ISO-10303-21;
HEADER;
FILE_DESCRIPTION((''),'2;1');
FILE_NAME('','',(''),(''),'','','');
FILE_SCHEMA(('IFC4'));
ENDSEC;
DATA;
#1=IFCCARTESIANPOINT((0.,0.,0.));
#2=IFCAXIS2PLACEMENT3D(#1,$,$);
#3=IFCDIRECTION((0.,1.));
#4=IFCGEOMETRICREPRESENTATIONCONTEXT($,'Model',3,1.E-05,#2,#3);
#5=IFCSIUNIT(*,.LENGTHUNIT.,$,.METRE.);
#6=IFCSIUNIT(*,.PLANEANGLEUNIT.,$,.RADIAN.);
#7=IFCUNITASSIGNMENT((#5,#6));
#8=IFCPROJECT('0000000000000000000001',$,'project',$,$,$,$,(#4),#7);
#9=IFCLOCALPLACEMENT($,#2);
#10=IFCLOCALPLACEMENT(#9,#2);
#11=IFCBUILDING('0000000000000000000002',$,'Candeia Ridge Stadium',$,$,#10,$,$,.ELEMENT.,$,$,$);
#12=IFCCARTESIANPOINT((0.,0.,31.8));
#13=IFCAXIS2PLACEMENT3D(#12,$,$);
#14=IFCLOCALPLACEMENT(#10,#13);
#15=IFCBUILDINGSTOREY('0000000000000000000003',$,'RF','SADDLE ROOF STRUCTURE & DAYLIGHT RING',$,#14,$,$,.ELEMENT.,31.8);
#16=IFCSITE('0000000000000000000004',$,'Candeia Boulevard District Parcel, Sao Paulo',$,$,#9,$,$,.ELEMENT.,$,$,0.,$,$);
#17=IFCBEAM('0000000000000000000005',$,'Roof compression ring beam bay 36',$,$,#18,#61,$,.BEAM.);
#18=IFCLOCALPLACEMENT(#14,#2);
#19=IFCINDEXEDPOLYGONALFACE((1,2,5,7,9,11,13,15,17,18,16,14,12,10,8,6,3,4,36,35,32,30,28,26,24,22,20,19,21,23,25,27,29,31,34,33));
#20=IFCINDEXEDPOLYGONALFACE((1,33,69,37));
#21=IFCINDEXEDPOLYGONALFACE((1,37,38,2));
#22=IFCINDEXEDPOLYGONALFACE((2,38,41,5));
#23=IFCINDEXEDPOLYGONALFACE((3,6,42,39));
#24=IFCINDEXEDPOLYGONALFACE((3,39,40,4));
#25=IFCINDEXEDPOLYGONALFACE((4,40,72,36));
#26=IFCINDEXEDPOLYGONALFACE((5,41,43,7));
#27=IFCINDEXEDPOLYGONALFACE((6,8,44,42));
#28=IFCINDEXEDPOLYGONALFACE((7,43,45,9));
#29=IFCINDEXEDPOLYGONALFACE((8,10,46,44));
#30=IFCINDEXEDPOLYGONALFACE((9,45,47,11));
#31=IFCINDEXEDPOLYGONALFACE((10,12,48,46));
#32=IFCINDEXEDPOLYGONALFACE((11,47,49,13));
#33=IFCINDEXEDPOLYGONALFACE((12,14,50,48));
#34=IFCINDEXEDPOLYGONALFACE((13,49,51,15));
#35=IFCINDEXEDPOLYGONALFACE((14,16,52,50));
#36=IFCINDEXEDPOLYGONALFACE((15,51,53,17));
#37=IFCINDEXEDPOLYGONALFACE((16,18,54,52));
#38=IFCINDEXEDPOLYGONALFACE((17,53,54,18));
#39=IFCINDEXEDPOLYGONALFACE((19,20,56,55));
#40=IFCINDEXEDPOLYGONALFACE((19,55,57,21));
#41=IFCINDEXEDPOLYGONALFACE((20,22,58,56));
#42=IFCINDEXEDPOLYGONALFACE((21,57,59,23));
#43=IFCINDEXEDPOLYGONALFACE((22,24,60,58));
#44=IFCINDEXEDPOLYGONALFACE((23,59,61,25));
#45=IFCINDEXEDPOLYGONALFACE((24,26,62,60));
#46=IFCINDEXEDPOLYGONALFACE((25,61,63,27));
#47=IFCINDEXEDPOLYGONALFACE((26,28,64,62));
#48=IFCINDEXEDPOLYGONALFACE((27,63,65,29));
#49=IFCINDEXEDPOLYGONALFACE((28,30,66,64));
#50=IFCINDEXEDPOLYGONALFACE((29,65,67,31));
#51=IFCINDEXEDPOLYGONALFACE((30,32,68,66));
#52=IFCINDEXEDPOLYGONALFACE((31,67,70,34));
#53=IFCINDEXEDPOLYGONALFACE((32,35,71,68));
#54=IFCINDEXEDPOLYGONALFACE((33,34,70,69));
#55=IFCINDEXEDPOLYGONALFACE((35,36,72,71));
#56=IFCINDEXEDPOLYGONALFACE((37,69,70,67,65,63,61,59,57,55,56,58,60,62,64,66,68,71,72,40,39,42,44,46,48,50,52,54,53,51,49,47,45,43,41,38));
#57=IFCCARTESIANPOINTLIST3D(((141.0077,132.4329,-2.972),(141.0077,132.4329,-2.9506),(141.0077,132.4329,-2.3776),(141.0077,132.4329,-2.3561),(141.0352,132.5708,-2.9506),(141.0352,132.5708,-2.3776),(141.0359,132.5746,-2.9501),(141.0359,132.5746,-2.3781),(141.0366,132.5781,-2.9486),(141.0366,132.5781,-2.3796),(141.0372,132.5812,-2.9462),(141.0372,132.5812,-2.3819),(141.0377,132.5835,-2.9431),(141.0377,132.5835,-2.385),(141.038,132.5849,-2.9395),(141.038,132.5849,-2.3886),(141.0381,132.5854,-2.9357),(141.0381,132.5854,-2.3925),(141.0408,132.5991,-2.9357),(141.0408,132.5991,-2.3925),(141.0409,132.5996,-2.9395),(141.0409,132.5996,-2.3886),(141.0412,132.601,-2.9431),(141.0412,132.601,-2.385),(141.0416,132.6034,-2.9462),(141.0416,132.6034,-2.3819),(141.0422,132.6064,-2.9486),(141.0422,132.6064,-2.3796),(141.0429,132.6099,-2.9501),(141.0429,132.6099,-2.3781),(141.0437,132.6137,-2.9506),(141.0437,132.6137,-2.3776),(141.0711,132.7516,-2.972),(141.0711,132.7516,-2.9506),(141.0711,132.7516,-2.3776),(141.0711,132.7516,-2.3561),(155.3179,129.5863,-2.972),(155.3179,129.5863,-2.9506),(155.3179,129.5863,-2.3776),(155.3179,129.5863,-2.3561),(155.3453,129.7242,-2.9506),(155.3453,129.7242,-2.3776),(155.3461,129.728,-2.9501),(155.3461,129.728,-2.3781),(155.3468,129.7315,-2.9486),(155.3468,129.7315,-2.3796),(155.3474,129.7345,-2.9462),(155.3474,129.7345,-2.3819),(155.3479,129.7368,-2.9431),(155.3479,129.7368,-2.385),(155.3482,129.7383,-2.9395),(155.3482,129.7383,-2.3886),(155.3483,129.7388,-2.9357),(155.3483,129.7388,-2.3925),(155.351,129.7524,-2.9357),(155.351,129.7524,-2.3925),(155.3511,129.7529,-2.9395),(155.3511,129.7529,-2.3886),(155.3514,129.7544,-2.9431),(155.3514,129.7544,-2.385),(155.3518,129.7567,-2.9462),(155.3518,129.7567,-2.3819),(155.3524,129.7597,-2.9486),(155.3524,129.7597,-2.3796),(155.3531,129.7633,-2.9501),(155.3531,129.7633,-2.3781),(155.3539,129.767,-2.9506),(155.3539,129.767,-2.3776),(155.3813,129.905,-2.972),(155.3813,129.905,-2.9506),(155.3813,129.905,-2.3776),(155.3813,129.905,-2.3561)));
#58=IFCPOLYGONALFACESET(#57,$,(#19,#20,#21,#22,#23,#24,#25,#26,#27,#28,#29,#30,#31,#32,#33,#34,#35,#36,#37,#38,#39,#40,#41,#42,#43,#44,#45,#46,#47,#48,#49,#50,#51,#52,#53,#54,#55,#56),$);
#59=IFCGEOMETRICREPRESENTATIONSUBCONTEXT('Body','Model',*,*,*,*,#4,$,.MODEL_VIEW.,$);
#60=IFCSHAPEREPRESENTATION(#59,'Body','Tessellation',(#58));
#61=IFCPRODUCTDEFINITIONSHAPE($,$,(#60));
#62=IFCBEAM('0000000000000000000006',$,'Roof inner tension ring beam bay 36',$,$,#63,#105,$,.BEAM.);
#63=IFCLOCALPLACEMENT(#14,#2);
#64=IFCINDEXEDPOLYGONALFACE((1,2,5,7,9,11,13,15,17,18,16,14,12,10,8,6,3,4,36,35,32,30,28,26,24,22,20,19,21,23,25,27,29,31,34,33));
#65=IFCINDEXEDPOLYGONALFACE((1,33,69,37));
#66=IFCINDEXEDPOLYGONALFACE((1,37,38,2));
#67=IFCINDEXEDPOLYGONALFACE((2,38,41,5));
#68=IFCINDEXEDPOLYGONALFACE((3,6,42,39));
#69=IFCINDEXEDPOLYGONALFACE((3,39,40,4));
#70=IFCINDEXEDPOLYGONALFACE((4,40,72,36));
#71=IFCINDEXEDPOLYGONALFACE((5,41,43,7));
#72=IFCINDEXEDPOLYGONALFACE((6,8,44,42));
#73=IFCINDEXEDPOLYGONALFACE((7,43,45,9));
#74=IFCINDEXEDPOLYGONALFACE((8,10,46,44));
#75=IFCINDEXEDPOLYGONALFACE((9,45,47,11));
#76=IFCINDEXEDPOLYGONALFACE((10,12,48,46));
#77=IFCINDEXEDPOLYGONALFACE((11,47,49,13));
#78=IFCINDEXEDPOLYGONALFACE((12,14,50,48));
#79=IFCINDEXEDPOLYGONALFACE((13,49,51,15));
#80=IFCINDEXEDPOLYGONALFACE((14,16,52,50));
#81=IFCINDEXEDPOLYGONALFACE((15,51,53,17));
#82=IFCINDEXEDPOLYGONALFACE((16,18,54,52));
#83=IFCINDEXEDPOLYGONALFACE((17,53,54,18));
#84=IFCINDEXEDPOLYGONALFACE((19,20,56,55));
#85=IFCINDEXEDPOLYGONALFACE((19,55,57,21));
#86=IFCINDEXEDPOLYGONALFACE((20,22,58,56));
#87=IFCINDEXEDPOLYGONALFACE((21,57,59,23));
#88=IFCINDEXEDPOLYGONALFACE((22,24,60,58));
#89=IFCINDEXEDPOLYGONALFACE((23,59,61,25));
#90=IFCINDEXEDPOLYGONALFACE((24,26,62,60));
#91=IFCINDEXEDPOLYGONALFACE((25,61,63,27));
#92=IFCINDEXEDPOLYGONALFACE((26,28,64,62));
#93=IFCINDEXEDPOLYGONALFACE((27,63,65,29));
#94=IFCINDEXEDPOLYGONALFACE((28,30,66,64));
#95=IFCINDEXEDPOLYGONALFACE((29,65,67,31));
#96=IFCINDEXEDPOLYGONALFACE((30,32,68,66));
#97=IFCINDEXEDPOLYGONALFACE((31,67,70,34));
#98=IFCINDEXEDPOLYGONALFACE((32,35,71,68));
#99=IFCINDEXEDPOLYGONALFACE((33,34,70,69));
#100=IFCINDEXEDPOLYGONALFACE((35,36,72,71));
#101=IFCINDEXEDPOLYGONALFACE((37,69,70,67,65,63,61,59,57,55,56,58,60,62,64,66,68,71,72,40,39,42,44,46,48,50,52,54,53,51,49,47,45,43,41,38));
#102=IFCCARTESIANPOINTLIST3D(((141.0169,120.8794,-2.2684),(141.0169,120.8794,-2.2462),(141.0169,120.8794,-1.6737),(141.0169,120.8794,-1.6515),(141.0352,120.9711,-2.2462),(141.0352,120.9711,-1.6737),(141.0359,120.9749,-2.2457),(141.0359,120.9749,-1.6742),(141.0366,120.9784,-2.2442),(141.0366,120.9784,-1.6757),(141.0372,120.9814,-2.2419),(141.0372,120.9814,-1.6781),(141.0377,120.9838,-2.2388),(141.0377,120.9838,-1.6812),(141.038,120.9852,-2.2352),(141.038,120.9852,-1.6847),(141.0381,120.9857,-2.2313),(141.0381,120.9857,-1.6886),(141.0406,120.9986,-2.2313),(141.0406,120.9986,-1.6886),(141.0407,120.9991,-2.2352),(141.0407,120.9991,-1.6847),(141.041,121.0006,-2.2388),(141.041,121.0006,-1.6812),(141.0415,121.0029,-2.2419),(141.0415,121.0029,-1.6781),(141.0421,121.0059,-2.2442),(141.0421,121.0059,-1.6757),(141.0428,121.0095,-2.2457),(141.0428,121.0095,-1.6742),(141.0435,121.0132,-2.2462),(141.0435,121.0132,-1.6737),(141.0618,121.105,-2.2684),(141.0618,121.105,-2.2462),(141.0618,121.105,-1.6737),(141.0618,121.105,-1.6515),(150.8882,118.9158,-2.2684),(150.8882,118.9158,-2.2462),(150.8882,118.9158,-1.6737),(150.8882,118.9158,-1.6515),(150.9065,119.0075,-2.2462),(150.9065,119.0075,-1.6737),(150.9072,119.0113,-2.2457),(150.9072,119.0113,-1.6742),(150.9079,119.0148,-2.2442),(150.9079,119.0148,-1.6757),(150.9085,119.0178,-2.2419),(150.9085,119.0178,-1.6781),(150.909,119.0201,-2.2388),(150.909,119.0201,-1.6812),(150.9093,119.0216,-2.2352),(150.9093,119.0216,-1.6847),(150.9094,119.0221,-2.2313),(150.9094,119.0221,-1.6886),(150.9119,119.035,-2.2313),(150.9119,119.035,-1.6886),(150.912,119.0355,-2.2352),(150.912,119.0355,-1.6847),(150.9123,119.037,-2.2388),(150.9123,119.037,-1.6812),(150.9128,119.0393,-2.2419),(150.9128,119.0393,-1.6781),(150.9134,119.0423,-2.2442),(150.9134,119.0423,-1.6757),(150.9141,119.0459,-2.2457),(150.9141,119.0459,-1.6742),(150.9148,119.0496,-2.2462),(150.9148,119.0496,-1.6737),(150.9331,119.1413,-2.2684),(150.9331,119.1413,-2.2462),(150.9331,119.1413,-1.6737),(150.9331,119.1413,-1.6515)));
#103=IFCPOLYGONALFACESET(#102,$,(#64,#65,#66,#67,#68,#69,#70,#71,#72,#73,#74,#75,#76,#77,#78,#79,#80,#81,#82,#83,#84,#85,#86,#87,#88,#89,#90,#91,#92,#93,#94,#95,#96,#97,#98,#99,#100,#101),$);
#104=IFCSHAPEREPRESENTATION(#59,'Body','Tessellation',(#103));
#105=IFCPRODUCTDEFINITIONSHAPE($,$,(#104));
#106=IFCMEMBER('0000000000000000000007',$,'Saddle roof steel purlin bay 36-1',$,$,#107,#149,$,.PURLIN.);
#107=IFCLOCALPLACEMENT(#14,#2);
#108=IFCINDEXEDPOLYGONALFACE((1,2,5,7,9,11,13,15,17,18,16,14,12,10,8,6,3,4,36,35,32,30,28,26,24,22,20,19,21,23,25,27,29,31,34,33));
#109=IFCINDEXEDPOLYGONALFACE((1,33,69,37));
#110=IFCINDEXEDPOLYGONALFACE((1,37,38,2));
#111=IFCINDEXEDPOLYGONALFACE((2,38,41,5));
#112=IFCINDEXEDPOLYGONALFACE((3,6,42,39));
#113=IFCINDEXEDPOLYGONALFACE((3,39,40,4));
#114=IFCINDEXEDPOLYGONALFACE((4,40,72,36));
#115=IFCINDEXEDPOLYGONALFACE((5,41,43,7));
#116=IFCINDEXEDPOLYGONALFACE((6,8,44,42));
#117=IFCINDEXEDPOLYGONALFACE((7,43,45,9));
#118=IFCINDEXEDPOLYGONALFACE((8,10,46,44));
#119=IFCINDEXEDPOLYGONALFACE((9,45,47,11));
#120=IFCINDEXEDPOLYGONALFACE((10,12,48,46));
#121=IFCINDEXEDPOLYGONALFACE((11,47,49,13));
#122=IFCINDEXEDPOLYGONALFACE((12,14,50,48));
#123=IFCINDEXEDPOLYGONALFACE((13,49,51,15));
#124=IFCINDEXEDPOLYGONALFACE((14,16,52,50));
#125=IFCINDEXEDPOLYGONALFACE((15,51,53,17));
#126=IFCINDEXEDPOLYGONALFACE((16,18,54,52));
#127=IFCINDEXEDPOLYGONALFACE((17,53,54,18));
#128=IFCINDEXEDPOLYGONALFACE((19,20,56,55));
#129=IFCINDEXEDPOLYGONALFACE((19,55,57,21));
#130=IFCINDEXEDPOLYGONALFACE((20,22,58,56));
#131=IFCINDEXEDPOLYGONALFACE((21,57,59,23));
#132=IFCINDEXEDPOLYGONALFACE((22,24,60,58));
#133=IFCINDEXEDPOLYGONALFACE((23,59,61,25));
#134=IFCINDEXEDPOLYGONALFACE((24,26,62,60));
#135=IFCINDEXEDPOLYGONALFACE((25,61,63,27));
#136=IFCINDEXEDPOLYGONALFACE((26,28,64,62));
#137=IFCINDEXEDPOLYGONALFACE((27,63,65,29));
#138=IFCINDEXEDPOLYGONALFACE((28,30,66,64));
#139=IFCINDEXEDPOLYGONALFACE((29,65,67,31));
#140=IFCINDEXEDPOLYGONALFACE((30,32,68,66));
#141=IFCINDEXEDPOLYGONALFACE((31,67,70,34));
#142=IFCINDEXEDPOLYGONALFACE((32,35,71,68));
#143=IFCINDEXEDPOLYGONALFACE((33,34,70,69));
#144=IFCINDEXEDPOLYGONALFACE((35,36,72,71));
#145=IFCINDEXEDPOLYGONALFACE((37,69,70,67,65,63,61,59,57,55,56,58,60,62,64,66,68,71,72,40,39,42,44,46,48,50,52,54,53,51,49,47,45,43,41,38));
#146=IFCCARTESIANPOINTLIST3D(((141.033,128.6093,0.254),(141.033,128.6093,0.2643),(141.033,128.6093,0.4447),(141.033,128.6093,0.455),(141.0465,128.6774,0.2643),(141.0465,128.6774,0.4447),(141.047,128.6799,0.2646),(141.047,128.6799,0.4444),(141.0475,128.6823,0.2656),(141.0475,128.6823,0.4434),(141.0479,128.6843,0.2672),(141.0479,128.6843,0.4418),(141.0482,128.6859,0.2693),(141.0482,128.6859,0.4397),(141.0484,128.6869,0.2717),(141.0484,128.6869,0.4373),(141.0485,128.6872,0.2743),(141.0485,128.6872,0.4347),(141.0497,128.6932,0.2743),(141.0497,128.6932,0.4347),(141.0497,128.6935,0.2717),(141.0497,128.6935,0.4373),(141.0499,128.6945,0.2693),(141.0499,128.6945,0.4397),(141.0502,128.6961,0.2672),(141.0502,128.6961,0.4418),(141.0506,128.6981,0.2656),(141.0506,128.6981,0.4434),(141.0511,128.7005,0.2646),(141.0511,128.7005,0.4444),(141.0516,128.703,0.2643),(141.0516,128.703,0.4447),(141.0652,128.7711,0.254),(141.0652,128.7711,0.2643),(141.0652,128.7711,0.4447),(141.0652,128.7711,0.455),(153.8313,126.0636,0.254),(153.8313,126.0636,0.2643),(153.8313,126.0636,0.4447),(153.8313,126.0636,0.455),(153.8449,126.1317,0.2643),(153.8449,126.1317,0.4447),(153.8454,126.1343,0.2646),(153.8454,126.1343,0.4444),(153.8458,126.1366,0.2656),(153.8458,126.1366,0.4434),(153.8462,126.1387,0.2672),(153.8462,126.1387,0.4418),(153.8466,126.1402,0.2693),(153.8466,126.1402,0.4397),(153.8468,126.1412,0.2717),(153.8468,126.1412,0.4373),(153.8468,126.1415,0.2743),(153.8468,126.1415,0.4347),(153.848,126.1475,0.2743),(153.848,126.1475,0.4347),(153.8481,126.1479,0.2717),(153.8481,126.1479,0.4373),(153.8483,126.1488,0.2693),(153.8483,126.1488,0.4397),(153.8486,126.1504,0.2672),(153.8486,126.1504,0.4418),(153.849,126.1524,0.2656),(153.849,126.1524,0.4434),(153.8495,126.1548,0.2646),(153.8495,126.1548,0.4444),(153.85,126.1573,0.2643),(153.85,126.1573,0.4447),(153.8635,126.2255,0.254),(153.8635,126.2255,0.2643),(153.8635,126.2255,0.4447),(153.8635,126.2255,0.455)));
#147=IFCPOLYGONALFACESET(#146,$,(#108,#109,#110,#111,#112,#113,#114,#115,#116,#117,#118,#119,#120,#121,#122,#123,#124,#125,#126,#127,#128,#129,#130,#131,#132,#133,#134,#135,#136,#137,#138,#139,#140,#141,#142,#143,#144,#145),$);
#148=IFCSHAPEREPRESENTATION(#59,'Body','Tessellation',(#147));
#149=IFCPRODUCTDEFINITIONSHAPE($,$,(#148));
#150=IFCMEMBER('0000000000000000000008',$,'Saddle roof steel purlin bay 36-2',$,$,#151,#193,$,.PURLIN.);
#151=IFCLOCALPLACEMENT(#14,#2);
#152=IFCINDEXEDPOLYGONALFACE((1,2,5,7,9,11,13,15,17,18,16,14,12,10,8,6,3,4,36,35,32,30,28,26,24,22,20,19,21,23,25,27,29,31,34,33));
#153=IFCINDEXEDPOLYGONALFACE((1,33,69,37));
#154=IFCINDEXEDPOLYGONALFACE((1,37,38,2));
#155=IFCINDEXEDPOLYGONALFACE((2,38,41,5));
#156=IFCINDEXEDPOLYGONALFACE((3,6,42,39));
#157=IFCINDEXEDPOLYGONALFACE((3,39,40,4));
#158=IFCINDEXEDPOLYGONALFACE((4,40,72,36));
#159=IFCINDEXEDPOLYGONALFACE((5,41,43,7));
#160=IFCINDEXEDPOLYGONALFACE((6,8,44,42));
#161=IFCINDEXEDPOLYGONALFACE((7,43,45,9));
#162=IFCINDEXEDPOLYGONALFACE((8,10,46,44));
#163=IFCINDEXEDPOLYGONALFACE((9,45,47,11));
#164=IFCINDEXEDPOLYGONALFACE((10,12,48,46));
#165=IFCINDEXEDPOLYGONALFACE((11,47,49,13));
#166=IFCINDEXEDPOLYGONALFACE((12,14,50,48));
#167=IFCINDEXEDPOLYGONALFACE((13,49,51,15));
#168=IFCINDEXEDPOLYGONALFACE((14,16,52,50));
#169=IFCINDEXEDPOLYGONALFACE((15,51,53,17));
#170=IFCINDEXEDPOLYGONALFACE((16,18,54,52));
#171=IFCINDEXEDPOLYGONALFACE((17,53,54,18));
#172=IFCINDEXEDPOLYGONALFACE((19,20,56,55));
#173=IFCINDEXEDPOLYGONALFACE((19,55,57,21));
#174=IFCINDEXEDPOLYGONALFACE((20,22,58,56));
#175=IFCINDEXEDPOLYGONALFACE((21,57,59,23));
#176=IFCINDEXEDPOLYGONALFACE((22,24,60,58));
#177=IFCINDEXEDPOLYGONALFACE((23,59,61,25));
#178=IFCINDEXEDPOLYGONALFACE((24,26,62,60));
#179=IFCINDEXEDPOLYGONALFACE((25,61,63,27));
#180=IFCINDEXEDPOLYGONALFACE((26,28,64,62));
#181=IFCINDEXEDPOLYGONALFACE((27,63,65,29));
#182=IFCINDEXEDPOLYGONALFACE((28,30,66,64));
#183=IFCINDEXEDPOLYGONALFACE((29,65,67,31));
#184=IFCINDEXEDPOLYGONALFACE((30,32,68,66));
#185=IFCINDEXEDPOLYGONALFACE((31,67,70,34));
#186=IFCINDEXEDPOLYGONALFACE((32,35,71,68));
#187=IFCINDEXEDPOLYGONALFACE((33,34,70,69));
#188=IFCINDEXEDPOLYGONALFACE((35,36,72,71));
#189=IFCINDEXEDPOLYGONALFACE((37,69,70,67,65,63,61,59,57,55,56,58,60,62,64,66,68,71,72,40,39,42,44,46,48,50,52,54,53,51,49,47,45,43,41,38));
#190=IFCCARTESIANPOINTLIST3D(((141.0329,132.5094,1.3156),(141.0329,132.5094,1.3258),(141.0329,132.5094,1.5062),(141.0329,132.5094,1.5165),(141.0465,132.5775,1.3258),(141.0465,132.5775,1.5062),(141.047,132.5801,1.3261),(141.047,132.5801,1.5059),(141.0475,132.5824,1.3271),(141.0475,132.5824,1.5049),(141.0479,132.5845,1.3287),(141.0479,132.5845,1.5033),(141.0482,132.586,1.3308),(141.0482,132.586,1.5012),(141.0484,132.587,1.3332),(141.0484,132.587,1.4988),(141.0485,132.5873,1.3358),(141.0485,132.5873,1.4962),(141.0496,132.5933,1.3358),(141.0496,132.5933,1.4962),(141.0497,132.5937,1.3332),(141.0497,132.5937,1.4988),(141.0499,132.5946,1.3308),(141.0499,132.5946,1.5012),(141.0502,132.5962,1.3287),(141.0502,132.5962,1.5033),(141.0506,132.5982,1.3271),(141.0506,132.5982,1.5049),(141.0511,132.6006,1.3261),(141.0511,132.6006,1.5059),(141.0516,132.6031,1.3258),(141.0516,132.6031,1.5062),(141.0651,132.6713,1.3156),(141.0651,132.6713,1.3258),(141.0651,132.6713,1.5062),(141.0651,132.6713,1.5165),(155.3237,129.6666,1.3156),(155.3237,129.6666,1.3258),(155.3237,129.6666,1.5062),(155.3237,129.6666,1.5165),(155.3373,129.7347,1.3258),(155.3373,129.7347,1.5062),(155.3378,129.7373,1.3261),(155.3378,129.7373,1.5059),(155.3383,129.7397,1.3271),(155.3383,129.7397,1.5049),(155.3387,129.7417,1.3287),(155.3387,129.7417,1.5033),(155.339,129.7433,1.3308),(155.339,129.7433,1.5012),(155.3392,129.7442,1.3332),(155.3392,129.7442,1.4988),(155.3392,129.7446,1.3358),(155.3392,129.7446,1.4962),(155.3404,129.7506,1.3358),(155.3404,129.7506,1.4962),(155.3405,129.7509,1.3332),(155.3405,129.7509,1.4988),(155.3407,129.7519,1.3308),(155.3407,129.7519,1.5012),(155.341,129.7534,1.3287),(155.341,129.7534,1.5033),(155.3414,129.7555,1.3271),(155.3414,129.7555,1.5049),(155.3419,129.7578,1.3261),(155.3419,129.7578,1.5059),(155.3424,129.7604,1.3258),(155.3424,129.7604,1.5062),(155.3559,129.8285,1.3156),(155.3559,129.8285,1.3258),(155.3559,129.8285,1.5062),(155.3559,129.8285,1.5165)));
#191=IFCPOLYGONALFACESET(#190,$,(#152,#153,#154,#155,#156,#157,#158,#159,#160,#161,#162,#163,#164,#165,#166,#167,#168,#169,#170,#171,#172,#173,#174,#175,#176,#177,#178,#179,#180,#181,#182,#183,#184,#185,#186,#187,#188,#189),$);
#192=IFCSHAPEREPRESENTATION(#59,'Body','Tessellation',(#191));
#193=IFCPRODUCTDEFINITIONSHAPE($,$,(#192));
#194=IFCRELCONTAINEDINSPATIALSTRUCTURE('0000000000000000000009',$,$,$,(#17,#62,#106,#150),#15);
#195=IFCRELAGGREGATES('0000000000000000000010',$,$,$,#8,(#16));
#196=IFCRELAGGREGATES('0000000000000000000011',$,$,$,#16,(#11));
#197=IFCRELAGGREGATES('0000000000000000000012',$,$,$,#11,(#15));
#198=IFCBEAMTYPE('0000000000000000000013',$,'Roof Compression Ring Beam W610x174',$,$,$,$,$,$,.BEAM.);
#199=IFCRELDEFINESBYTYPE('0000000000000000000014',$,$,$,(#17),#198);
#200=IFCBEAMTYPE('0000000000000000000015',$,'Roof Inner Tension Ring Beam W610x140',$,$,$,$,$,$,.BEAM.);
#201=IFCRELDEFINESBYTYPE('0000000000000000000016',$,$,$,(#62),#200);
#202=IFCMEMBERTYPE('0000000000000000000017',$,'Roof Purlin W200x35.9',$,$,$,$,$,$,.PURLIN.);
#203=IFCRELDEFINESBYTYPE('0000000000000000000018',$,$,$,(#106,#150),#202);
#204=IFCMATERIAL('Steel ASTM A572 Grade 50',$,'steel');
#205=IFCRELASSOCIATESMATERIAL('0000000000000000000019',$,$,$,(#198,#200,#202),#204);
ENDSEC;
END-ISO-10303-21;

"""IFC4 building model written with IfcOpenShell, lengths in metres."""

from ifc_helpers import new_model, si_unit, direction, frame, origin, origin_2d, place, context, subcontext, project, spatial, i_section, extrude, material, material_profile, profile_set, type_object, element, save


model = new_model("IFC4")

# Units and contexts
model_context = context("Model", 3, precision=1e-05, world=origin(), true_north=direction((0.0, 1.0)))
body_context = subcontext(model_context, "Body", "Model", "MODEL_VIEW")
ifc_project = project(units=[si_unit("LENGTHUNIT", "METRE"), si_unit("PLANEANGLEUNIT", "RADIAN")], contexts=[model_context])

# Site, building, storey
site_placement = place(None, origin())
site = spatial("IfcSite", under=ifc_project, at=site_placement, Name="Candeia Boulevard District Parcel, Sao Paulo", CompositionType="ELEMENT", RefElevation=0.0)
building_placement = place(site_placement, origin())
building = spatial("IfcBuilding", under=site, at=building_placement, Name="Candeia Ridge Stadium", CompositionType="ELEMENT")
storey_placement = place(building_placement, frame((0.0, 0.0, 31.8)))
storey = spatial("IfcBuildingStorey", under=building, at=storey_placement, Name="RF", Description="SADDLE ROOF STRUCTURE & DAYLIGHT RING", CompositionType="ELEMENT", Elevation=31.8)

# Beams
ifc_material_1 = material(Name="Steel ASTM A572 Grade 50", Category="steel")
ifc_material_profile_1 = material_profile(ifc_material_1, i_section(OverallWidth=0.325, OverallDepth=0.616, WebThickness=0.0139, FlangeThickness=0.0215, FilletRadius=0.0149, at=origin_2d()), Name="W610x174", Category="steel")
ifc_profile_set_1 = profile_set([ifc_material_profile_1], Name="Steel ASTM A572 Grade 50")
beam_type_1 = type_object("IfcBeamType", Name="Roof Compression Ring Beam W610x174", PredefinedType="BEAM", material=ifc_profile_set_1)
beam_1_placement = place(storey_placement, frame((155.3496, 129.7456, -2.6641), z_axis=(-0.980783, 0.195102, 0.0), x_axis=(-0.195102, -0.980783, 0.0)))
element("IfcBeam", 1, at=beam_1_placement, inside=storey, type_object=beam_type_1, Name="Roof compression ring beam bay 36", PredefinedType="BEAM", context=body_context, shape_type="SweptSolid", body=[
    extrude(i_section(OverallWidth=0.325, OverallDepth=0.616, WebThickness=0.0139, FlangeThickness=0.0215, FilletRadius=0.0149, at=origin_2d()), origin(), (0.0, 0.0, 1.0), 14.5906),
])
ifc_material_profile_2 = material_profile(ifc_material_1, i_section(OverallWidth=0.23, OverallDepth=0.6169, WebThickness=0.0132, FlangeThickness=0.0222, FilletRadius=0.0149, at=origin_2d()), Name="W610x140", Category="steel")
ifc_profile_set_2 = profile_set([ifc_material_profile_2], Name="Steel ASTM A572 Grade 50")
beam_type_2 = type_object("IfcBeamType", Name="Roof Inner Tension Ring Beam W610x140", PredefinedType="BEAM", material=ifc_profile_set_2)
beam_2_placement = place(storey_placement, frame((150.9106, 119.0286, -1.96), z_axis=(-0.980784, 0.195099, 0.0), x_axis=(-0.195099, -0.980784, 0.0)))
element("IfcBeam", 2, at=beam_2_placement, inside=storey, type_object=beam_type_2, Name="Roof inner tension ring beam bay 36", PredefinedType="BEAM", context=body_context, shape_type="SweptSolid", body=[
    extrude(i_section(OverallWidth=0.23, OverallDepth=0.6169, WebThickness=0.0132, FlangeThickness=0.0222, FilletRadius=0.0149, at=origin_2d()), origin(), (0.0, 0.0, 1.0), 10.0647),
])

# Members
ifc_material_profile_3 = material_profile(ifc_material_1, i_section(OverallWidth=0.165, OverallDepth=0.2009, WebThickness=0.0061, FlangeThickness=0.0103, FilletRadius=0.01, at=origin_2d()), Name="W200x35.9", Category="steel")
ifc_profile_set_3 = profile_set([ifc_material_profile_3], Name="Steel ASTM A572 Grade 50")
member_type_1 = type_object("IfcMemberType", Name="Roof Purlin W200x35.9", PredefinedType="PURLIN", material=ifc_profile_set_3)
member_1_placement = place(storey_placement, frame((153.8474, 126.1445, 0.3545), z_axis=(-0.980787, 0.195083, 0.0), x_axis=(-0.195083, -0.980787, 0.0)))
element("IfcMember", 3, at=member_1_placement, inside=storey, type_object=member_type_1, Name="Saddle roof steel purlin bay 36-1", PredefinedType="PURLIN", context=body_context, shape_type="SweptSolid", body=[
    extrude(i_section(OverallWidth=0.165, OverallDepth=0.2009, WebThickness=0.0061, FlangeThickness=0.0103, FilletRadius=0.01, at=origin_2d()), origin(), (0.0, 0.0, 1.0), 13.0491),
])
member_2_placement = place(storey_placement, frame((155.3398, 129.7476, 1.416), z_axis=(-0.980783, 0.195101, 0.0), x_axis=(-0.195101, -0.980783, 0.0)))
element("IfcMember", 4, at=member_2_placement, inside=storey, type_object=member_type_1, Name="Saddle roof steel purlin bay 36-2", PredefinedType="PURLIN", context=body_context, shape_type="SweptSolid", body=[
    extrude(i_section(OverallWidth=0.165, OverallDepth=0.2009, WebThickness=0.0061, FlangeThickness=0.0103, FilletRadius=0.01, at=origin_2d()), origin(), (0.0, 0.0, 1.0), 14.5708),
])

save(model, "model.ifc")
